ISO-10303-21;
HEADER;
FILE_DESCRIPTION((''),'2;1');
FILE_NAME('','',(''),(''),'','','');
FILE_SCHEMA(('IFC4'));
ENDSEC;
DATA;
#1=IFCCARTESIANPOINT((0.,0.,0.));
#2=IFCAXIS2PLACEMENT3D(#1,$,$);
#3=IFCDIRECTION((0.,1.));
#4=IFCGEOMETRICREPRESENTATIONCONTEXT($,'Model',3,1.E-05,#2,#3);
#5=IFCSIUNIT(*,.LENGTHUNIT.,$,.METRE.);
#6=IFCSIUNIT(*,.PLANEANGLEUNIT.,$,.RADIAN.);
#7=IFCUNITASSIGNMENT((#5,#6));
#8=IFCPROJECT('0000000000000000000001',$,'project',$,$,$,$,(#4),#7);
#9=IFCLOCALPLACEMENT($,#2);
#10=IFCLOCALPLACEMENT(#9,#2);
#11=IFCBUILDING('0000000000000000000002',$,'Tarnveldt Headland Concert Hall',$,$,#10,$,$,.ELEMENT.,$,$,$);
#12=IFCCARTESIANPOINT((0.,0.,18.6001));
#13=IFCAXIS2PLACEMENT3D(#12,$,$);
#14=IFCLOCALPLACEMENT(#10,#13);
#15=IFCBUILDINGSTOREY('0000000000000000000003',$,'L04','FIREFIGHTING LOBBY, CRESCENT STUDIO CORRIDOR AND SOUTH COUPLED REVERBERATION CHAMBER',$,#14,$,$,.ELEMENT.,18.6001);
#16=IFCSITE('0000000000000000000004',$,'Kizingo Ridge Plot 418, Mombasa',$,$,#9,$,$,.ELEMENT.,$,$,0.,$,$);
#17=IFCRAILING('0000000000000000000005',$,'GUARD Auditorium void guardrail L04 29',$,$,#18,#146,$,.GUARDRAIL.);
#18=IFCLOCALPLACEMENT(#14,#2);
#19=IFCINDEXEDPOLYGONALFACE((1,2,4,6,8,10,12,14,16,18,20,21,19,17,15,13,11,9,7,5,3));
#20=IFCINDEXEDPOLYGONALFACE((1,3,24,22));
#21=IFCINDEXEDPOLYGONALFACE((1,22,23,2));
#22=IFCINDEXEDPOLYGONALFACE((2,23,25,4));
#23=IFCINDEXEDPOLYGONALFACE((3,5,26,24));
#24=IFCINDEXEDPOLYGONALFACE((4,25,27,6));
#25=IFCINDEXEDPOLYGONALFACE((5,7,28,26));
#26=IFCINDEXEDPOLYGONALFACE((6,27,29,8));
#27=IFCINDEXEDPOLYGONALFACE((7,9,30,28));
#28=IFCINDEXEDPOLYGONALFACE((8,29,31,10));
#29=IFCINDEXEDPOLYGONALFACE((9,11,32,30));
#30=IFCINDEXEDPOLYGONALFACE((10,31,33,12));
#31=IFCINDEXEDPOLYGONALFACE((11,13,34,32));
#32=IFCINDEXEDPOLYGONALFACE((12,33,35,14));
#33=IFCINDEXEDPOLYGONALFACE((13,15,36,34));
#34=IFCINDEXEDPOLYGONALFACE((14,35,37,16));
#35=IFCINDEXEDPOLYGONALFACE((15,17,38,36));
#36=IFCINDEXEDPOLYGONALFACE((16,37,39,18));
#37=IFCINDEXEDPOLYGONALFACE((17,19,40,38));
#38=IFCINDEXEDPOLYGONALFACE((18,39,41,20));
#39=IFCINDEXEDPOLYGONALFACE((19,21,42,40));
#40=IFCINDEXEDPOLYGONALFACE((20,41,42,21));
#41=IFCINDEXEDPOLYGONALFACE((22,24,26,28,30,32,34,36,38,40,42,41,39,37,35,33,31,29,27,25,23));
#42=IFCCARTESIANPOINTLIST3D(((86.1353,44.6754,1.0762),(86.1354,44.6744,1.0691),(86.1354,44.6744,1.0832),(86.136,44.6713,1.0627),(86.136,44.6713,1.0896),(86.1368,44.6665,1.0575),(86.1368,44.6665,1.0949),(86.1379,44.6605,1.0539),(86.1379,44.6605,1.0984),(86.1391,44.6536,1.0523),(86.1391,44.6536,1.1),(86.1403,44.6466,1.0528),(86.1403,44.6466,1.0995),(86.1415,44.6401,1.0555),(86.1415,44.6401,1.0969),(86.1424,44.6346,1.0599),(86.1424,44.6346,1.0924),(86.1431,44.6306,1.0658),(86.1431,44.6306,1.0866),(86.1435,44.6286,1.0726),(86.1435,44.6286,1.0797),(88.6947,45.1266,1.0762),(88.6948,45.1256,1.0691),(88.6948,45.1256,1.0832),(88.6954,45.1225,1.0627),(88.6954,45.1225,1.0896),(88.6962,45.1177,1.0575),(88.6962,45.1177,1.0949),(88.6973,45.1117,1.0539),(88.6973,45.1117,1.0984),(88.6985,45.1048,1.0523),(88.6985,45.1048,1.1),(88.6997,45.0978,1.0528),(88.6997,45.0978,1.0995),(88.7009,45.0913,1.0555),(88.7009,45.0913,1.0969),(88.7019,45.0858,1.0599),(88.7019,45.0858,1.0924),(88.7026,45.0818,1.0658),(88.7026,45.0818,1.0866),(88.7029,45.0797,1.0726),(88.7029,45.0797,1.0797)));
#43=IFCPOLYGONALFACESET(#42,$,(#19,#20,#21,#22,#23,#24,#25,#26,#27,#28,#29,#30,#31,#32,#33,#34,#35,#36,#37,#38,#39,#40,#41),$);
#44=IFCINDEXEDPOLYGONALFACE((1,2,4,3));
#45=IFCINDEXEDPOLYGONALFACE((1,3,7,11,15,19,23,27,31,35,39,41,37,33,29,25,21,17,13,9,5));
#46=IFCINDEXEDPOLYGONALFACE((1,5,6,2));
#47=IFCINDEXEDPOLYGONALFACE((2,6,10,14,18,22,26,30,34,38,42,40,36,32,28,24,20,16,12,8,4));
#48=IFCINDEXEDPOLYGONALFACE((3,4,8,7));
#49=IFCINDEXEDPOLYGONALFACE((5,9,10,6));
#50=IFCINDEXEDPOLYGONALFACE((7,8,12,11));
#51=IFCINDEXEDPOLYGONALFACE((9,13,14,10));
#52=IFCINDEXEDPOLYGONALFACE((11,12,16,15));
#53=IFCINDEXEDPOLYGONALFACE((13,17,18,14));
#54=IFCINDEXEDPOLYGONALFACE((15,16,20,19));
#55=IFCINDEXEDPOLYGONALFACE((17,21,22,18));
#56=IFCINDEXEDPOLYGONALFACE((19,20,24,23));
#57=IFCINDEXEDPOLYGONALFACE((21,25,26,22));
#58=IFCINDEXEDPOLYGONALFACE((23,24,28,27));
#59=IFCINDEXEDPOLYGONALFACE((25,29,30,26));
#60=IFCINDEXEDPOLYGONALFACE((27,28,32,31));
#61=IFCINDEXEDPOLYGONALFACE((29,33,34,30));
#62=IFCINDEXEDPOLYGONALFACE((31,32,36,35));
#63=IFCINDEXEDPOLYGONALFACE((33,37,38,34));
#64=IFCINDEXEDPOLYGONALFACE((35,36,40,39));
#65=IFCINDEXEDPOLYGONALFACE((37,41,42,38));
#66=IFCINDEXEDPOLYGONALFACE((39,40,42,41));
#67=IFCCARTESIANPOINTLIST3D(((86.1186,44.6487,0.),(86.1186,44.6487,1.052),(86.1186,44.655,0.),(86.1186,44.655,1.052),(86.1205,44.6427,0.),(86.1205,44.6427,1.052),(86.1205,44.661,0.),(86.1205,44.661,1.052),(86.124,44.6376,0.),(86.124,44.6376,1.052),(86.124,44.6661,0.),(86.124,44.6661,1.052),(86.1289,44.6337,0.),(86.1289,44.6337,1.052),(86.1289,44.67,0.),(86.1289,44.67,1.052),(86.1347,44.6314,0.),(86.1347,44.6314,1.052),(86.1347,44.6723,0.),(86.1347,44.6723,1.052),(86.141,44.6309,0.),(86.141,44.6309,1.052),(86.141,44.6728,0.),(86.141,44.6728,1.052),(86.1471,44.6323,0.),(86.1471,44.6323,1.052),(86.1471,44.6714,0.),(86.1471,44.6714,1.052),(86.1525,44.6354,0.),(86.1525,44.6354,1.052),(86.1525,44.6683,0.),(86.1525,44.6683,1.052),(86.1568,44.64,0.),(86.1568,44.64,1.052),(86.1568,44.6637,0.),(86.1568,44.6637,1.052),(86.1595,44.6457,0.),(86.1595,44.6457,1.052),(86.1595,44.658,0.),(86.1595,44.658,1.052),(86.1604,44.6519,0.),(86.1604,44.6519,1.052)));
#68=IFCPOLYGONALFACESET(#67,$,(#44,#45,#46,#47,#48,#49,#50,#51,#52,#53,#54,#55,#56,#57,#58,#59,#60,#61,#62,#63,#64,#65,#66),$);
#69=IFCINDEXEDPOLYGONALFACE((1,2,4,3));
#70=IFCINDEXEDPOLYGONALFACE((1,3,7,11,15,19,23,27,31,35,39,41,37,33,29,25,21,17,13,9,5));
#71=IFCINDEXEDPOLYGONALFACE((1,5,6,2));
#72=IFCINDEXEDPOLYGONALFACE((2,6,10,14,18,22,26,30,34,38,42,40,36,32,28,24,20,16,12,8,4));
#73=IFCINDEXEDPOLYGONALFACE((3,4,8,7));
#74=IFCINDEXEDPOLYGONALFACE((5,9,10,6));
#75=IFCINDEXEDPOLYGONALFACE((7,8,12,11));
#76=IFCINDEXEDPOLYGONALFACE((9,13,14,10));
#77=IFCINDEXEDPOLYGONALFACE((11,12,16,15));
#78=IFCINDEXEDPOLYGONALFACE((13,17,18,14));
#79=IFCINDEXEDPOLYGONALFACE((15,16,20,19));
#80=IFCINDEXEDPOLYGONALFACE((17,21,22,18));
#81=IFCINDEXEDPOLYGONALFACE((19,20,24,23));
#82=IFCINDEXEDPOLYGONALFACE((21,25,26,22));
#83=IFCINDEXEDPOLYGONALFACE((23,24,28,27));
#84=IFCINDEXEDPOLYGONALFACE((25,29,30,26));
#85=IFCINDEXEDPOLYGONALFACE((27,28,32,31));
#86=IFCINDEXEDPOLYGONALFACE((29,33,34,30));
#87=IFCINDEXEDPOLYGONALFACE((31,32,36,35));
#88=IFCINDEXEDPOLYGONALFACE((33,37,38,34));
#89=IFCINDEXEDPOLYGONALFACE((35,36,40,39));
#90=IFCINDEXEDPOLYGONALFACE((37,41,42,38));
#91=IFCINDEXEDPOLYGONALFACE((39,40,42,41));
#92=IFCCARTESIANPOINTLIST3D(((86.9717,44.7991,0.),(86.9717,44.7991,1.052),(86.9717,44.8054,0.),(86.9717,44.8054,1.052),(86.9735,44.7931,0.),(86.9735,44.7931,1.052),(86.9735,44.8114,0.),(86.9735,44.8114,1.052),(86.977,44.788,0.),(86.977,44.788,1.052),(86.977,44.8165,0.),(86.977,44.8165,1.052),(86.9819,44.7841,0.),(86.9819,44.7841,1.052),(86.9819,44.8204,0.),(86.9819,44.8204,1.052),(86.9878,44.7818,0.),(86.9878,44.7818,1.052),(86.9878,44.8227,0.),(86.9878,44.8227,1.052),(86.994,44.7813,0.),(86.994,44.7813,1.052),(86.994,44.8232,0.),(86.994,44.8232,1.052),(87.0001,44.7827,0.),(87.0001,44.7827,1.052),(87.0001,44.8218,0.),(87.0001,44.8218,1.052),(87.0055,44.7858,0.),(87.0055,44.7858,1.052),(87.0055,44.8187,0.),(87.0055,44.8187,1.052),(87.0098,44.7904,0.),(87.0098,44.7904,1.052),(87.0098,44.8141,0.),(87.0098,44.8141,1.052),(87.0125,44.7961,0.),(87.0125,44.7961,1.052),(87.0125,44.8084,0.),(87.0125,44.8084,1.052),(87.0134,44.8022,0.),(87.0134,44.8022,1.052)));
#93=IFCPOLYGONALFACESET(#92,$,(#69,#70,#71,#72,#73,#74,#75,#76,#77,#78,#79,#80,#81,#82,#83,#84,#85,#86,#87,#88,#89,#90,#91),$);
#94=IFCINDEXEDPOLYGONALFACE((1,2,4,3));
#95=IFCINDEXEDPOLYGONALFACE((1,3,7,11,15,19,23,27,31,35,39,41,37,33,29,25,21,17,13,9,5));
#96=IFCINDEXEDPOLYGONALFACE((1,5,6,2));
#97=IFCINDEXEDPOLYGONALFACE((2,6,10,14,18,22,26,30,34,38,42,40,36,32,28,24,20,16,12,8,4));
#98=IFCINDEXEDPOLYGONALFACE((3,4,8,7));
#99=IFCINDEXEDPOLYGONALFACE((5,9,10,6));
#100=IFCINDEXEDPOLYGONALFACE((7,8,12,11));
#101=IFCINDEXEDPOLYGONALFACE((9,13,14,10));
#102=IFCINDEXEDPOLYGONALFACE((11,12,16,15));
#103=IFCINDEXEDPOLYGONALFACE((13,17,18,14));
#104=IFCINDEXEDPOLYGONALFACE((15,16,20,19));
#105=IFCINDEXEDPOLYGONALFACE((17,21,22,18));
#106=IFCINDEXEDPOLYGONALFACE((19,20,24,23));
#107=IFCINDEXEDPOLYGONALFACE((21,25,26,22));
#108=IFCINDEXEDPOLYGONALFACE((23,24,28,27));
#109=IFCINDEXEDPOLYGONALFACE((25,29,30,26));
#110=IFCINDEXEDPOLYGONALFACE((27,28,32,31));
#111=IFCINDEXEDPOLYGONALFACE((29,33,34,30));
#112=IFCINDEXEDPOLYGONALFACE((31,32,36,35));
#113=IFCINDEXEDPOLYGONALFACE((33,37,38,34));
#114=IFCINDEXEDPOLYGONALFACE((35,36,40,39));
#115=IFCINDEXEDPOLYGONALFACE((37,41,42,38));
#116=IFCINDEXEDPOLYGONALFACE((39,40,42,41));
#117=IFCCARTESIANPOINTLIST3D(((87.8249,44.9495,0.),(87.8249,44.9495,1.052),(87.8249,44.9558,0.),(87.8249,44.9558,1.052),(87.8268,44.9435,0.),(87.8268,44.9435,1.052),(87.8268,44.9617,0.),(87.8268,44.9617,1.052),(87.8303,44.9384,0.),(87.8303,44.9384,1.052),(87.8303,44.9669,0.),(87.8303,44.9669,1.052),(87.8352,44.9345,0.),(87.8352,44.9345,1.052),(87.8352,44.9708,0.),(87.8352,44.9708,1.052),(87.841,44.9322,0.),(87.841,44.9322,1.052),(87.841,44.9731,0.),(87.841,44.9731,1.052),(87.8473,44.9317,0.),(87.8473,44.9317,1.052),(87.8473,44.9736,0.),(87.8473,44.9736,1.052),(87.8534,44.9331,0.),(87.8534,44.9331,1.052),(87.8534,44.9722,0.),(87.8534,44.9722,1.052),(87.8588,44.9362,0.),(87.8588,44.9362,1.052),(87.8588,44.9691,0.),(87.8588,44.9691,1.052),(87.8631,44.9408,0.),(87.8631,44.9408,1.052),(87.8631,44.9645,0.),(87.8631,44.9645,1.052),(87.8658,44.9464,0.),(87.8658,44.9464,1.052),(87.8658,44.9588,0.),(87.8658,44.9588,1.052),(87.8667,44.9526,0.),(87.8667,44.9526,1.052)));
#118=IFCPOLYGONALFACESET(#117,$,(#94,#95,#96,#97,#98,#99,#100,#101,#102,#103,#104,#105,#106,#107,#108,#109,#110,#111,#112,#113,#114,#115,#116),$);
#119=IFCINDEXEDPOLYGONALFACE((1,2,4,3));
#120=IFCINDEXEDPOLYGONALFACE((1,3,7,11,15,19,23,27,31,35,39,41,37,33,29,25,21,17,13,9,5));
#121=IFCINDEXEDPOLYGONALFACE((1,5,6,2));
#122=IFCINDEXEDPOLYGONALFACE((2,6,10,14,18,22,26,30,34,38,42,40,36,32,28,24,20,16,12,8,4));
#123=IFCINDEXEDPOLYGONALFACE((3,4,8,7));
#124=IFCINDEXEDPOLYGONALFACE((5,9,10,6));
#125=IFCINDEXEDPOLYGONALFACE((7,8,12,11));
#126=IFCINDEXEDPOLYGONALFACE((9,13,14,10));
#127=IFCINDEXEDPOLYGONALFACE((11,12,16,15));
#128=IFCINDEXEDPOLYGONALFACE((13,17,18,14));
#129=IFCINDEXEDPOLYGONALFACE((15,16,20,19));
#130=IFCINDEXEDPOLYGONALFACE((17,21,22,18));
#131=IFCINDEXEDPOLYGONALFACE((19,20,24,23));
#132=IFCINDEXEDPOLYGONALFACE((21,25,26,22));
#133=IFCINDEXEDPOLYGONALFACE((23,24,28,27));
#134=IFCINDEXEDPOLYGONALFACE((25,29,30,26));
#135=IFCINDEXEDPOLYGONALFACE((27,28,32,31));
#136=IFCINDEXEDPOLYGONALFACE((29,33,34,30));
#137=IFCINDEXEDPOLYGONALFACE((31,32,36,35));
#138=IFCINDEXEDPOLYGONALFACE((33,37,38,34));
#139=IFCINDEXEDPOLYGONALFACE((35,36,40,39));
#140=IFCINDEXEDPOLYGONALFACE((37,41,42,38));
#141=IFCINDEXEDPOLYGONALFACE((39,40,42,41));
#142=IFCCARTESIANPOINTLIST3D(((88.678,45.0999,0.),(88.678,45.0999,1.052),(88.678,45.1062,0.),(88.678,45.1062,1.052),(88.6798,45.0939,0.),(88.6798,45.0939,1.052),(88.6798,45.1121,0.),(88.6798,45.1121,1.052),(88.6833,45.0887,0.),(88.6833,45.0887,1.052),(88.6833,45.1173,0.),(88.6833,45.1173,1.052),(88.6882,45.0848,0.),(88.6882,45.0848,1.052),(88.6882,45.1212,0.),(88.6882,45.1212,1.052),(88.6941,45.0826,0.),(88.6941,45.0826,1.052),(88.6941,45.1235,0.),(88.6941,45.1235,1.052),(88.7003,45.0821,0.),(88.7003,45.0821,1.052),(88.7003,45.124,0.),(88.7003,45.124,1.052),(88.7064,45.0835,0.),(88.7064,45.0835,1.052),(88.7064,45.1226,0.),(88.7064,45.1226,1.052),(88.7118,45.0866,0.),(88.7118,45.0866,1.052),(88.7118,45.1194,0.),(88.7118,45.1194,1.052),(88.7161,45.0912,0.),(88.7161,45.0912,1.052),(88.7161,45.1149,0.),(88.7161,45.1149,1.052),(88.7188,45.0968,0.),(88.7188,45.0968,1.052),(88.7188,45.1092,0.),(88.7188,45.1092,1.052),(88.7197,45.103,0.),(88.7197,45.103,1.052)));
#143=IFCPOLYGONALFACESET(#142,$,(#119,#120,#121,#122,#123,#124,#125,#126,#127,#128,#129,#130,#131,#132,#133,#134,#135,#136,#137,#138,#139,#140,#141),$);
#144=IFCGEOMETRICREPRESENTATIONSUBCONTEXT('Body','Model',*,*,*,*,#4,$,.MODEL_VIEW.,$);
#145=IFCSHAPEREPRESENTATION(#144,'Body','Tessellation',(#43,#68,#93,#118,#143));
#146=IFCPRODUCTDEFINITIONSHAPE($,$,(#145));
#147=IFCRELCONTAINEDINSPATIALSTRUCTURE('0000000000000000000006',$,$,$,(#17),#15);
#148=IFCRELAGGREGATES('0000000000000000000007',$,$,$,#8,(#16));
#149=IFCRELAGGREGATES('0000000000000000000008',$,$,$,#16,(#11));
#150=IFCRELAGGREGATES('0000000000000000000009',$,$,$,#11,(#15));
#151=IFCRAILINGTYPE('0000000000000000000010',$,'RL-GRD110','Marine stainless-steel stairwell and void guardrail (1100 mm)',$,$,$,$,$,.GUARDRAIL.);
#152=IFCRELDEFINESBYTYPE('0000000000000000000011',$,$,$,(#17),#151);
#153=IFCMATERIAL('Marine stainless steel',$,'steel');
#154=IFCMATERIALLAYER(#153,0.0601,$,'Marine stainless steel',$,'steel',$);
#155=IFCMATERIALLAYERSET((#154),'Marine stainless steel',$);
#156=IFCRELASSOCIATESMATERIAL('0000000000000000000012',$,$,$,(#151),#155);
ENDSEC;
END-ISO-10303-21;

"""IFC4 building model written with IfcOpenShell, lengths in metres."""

from ifc_helpers import new_model, si_unit, direction, frame, origin, origin_2d, place, context, subcontext, project, spatial, circle, extrude, material, layer, layer_set, type_object, element, save


model = new_model("IFC4")

# Units and contexts
model_context = context("Model", 3, precision=1e-05, world=origin(), true_north=direction((0.0, 1.0)))
body_context = subcontext(model_context, "Body", "Model", "MODEL_VIEW")
ifc_project = project(units=[si_unit("LENGTHUNIT", "METRE"), si_unit("PLANEANGLEUNIT", "RADIAN")], contexts=[model_context])

# Site, building, storey
site_placement = place(None, origin())
site = spatial("IfcSite", under=ifc_project, at=site_placement, Name="Kizingo Ridge Plot 418, Mombasa", CompositionType="ELEMENT", RefElevation=0.0)
building_placement = place(site_placement, origin())
building = spatial("IfcBuilding", under=site, at=building_placement, Name="Tarnveldt Headland Concert Hall", CompositionType="ELEMENT")
storey_placement = place(building_placement, frame((0.0, 0.0, 18.6001)))
storey = spatial("IfcBuildingStorey", under=building, at=storey_placement, Name="L04", Description="FIREFIGHTING LOBBY, CRESCENT STUDIO CORRIDOR AND SOUTH COUPLED REVERBERATION CHAMBER", CompositionType="ELEMENT", Elevation=18.6001)

# Railing
ifc_material_1 = material(Name="Marine stainless steel", Category="steel")
ifc_layer_1 = layer(ifc_material_1, 0.0601, Name="Marine stainless steel", Category="steel")
ifc_layer_set_1 = layer_set([ifc_layer_1], Name="Marine stainless steel")
railing_type = type_object("IfcRailingType", Name="RL-GRD110", Description="Marine stainless-steel stairwell and void guardrail (1100 mm)", PredefinedType="GUARDRAIL", material=ifc_layer_set_1)
railing_1_placement = place(storey_placement, frame((86.1394, 44.6519, 0.0)))
element("IfcRailing", 1, at=railing_1_placement, inside=storey, type_object=railing_type, Name="GUARD Auditorium void guardrail L04 29", PredefinedType="GUARDRAIL", context=body_context, shape_type="SweptSolid", body=[
    extrude(circle(Radius=0.0239, at=origin_2d()), frame((0.0, 0.0, 1.0762), z_axis=(0.984815, 0.173608, 0.0), x_axis=(-0.173608, 0.984815, 0.0)), (0.0, 0.0, 1.0), 2.5989),
    extrude(circle(Radius=0.021, at=origin_2d()), origin(), (0.0, 0.0, 1.0), 1.052),
    extrude(circle(Radius=0.021, at=origin_2d()), frame((0.853, 0.1504, 0.0)), (0.0, 0.0, 1.0), 1.052),
    extrude(circle(Radius=0.021, at=origin_2d()), frame((1.7063, 0.3008, 0.0)), (0.0, 0.0, 1.0), 1.052),
    extrude(circle(Radius=0.021, at=origin_2d()), frame((2.5593, 0.4512, 0.0)), (0.0, 0.0, 1.0), 1.052),
])

save(model, "model.ifc")
